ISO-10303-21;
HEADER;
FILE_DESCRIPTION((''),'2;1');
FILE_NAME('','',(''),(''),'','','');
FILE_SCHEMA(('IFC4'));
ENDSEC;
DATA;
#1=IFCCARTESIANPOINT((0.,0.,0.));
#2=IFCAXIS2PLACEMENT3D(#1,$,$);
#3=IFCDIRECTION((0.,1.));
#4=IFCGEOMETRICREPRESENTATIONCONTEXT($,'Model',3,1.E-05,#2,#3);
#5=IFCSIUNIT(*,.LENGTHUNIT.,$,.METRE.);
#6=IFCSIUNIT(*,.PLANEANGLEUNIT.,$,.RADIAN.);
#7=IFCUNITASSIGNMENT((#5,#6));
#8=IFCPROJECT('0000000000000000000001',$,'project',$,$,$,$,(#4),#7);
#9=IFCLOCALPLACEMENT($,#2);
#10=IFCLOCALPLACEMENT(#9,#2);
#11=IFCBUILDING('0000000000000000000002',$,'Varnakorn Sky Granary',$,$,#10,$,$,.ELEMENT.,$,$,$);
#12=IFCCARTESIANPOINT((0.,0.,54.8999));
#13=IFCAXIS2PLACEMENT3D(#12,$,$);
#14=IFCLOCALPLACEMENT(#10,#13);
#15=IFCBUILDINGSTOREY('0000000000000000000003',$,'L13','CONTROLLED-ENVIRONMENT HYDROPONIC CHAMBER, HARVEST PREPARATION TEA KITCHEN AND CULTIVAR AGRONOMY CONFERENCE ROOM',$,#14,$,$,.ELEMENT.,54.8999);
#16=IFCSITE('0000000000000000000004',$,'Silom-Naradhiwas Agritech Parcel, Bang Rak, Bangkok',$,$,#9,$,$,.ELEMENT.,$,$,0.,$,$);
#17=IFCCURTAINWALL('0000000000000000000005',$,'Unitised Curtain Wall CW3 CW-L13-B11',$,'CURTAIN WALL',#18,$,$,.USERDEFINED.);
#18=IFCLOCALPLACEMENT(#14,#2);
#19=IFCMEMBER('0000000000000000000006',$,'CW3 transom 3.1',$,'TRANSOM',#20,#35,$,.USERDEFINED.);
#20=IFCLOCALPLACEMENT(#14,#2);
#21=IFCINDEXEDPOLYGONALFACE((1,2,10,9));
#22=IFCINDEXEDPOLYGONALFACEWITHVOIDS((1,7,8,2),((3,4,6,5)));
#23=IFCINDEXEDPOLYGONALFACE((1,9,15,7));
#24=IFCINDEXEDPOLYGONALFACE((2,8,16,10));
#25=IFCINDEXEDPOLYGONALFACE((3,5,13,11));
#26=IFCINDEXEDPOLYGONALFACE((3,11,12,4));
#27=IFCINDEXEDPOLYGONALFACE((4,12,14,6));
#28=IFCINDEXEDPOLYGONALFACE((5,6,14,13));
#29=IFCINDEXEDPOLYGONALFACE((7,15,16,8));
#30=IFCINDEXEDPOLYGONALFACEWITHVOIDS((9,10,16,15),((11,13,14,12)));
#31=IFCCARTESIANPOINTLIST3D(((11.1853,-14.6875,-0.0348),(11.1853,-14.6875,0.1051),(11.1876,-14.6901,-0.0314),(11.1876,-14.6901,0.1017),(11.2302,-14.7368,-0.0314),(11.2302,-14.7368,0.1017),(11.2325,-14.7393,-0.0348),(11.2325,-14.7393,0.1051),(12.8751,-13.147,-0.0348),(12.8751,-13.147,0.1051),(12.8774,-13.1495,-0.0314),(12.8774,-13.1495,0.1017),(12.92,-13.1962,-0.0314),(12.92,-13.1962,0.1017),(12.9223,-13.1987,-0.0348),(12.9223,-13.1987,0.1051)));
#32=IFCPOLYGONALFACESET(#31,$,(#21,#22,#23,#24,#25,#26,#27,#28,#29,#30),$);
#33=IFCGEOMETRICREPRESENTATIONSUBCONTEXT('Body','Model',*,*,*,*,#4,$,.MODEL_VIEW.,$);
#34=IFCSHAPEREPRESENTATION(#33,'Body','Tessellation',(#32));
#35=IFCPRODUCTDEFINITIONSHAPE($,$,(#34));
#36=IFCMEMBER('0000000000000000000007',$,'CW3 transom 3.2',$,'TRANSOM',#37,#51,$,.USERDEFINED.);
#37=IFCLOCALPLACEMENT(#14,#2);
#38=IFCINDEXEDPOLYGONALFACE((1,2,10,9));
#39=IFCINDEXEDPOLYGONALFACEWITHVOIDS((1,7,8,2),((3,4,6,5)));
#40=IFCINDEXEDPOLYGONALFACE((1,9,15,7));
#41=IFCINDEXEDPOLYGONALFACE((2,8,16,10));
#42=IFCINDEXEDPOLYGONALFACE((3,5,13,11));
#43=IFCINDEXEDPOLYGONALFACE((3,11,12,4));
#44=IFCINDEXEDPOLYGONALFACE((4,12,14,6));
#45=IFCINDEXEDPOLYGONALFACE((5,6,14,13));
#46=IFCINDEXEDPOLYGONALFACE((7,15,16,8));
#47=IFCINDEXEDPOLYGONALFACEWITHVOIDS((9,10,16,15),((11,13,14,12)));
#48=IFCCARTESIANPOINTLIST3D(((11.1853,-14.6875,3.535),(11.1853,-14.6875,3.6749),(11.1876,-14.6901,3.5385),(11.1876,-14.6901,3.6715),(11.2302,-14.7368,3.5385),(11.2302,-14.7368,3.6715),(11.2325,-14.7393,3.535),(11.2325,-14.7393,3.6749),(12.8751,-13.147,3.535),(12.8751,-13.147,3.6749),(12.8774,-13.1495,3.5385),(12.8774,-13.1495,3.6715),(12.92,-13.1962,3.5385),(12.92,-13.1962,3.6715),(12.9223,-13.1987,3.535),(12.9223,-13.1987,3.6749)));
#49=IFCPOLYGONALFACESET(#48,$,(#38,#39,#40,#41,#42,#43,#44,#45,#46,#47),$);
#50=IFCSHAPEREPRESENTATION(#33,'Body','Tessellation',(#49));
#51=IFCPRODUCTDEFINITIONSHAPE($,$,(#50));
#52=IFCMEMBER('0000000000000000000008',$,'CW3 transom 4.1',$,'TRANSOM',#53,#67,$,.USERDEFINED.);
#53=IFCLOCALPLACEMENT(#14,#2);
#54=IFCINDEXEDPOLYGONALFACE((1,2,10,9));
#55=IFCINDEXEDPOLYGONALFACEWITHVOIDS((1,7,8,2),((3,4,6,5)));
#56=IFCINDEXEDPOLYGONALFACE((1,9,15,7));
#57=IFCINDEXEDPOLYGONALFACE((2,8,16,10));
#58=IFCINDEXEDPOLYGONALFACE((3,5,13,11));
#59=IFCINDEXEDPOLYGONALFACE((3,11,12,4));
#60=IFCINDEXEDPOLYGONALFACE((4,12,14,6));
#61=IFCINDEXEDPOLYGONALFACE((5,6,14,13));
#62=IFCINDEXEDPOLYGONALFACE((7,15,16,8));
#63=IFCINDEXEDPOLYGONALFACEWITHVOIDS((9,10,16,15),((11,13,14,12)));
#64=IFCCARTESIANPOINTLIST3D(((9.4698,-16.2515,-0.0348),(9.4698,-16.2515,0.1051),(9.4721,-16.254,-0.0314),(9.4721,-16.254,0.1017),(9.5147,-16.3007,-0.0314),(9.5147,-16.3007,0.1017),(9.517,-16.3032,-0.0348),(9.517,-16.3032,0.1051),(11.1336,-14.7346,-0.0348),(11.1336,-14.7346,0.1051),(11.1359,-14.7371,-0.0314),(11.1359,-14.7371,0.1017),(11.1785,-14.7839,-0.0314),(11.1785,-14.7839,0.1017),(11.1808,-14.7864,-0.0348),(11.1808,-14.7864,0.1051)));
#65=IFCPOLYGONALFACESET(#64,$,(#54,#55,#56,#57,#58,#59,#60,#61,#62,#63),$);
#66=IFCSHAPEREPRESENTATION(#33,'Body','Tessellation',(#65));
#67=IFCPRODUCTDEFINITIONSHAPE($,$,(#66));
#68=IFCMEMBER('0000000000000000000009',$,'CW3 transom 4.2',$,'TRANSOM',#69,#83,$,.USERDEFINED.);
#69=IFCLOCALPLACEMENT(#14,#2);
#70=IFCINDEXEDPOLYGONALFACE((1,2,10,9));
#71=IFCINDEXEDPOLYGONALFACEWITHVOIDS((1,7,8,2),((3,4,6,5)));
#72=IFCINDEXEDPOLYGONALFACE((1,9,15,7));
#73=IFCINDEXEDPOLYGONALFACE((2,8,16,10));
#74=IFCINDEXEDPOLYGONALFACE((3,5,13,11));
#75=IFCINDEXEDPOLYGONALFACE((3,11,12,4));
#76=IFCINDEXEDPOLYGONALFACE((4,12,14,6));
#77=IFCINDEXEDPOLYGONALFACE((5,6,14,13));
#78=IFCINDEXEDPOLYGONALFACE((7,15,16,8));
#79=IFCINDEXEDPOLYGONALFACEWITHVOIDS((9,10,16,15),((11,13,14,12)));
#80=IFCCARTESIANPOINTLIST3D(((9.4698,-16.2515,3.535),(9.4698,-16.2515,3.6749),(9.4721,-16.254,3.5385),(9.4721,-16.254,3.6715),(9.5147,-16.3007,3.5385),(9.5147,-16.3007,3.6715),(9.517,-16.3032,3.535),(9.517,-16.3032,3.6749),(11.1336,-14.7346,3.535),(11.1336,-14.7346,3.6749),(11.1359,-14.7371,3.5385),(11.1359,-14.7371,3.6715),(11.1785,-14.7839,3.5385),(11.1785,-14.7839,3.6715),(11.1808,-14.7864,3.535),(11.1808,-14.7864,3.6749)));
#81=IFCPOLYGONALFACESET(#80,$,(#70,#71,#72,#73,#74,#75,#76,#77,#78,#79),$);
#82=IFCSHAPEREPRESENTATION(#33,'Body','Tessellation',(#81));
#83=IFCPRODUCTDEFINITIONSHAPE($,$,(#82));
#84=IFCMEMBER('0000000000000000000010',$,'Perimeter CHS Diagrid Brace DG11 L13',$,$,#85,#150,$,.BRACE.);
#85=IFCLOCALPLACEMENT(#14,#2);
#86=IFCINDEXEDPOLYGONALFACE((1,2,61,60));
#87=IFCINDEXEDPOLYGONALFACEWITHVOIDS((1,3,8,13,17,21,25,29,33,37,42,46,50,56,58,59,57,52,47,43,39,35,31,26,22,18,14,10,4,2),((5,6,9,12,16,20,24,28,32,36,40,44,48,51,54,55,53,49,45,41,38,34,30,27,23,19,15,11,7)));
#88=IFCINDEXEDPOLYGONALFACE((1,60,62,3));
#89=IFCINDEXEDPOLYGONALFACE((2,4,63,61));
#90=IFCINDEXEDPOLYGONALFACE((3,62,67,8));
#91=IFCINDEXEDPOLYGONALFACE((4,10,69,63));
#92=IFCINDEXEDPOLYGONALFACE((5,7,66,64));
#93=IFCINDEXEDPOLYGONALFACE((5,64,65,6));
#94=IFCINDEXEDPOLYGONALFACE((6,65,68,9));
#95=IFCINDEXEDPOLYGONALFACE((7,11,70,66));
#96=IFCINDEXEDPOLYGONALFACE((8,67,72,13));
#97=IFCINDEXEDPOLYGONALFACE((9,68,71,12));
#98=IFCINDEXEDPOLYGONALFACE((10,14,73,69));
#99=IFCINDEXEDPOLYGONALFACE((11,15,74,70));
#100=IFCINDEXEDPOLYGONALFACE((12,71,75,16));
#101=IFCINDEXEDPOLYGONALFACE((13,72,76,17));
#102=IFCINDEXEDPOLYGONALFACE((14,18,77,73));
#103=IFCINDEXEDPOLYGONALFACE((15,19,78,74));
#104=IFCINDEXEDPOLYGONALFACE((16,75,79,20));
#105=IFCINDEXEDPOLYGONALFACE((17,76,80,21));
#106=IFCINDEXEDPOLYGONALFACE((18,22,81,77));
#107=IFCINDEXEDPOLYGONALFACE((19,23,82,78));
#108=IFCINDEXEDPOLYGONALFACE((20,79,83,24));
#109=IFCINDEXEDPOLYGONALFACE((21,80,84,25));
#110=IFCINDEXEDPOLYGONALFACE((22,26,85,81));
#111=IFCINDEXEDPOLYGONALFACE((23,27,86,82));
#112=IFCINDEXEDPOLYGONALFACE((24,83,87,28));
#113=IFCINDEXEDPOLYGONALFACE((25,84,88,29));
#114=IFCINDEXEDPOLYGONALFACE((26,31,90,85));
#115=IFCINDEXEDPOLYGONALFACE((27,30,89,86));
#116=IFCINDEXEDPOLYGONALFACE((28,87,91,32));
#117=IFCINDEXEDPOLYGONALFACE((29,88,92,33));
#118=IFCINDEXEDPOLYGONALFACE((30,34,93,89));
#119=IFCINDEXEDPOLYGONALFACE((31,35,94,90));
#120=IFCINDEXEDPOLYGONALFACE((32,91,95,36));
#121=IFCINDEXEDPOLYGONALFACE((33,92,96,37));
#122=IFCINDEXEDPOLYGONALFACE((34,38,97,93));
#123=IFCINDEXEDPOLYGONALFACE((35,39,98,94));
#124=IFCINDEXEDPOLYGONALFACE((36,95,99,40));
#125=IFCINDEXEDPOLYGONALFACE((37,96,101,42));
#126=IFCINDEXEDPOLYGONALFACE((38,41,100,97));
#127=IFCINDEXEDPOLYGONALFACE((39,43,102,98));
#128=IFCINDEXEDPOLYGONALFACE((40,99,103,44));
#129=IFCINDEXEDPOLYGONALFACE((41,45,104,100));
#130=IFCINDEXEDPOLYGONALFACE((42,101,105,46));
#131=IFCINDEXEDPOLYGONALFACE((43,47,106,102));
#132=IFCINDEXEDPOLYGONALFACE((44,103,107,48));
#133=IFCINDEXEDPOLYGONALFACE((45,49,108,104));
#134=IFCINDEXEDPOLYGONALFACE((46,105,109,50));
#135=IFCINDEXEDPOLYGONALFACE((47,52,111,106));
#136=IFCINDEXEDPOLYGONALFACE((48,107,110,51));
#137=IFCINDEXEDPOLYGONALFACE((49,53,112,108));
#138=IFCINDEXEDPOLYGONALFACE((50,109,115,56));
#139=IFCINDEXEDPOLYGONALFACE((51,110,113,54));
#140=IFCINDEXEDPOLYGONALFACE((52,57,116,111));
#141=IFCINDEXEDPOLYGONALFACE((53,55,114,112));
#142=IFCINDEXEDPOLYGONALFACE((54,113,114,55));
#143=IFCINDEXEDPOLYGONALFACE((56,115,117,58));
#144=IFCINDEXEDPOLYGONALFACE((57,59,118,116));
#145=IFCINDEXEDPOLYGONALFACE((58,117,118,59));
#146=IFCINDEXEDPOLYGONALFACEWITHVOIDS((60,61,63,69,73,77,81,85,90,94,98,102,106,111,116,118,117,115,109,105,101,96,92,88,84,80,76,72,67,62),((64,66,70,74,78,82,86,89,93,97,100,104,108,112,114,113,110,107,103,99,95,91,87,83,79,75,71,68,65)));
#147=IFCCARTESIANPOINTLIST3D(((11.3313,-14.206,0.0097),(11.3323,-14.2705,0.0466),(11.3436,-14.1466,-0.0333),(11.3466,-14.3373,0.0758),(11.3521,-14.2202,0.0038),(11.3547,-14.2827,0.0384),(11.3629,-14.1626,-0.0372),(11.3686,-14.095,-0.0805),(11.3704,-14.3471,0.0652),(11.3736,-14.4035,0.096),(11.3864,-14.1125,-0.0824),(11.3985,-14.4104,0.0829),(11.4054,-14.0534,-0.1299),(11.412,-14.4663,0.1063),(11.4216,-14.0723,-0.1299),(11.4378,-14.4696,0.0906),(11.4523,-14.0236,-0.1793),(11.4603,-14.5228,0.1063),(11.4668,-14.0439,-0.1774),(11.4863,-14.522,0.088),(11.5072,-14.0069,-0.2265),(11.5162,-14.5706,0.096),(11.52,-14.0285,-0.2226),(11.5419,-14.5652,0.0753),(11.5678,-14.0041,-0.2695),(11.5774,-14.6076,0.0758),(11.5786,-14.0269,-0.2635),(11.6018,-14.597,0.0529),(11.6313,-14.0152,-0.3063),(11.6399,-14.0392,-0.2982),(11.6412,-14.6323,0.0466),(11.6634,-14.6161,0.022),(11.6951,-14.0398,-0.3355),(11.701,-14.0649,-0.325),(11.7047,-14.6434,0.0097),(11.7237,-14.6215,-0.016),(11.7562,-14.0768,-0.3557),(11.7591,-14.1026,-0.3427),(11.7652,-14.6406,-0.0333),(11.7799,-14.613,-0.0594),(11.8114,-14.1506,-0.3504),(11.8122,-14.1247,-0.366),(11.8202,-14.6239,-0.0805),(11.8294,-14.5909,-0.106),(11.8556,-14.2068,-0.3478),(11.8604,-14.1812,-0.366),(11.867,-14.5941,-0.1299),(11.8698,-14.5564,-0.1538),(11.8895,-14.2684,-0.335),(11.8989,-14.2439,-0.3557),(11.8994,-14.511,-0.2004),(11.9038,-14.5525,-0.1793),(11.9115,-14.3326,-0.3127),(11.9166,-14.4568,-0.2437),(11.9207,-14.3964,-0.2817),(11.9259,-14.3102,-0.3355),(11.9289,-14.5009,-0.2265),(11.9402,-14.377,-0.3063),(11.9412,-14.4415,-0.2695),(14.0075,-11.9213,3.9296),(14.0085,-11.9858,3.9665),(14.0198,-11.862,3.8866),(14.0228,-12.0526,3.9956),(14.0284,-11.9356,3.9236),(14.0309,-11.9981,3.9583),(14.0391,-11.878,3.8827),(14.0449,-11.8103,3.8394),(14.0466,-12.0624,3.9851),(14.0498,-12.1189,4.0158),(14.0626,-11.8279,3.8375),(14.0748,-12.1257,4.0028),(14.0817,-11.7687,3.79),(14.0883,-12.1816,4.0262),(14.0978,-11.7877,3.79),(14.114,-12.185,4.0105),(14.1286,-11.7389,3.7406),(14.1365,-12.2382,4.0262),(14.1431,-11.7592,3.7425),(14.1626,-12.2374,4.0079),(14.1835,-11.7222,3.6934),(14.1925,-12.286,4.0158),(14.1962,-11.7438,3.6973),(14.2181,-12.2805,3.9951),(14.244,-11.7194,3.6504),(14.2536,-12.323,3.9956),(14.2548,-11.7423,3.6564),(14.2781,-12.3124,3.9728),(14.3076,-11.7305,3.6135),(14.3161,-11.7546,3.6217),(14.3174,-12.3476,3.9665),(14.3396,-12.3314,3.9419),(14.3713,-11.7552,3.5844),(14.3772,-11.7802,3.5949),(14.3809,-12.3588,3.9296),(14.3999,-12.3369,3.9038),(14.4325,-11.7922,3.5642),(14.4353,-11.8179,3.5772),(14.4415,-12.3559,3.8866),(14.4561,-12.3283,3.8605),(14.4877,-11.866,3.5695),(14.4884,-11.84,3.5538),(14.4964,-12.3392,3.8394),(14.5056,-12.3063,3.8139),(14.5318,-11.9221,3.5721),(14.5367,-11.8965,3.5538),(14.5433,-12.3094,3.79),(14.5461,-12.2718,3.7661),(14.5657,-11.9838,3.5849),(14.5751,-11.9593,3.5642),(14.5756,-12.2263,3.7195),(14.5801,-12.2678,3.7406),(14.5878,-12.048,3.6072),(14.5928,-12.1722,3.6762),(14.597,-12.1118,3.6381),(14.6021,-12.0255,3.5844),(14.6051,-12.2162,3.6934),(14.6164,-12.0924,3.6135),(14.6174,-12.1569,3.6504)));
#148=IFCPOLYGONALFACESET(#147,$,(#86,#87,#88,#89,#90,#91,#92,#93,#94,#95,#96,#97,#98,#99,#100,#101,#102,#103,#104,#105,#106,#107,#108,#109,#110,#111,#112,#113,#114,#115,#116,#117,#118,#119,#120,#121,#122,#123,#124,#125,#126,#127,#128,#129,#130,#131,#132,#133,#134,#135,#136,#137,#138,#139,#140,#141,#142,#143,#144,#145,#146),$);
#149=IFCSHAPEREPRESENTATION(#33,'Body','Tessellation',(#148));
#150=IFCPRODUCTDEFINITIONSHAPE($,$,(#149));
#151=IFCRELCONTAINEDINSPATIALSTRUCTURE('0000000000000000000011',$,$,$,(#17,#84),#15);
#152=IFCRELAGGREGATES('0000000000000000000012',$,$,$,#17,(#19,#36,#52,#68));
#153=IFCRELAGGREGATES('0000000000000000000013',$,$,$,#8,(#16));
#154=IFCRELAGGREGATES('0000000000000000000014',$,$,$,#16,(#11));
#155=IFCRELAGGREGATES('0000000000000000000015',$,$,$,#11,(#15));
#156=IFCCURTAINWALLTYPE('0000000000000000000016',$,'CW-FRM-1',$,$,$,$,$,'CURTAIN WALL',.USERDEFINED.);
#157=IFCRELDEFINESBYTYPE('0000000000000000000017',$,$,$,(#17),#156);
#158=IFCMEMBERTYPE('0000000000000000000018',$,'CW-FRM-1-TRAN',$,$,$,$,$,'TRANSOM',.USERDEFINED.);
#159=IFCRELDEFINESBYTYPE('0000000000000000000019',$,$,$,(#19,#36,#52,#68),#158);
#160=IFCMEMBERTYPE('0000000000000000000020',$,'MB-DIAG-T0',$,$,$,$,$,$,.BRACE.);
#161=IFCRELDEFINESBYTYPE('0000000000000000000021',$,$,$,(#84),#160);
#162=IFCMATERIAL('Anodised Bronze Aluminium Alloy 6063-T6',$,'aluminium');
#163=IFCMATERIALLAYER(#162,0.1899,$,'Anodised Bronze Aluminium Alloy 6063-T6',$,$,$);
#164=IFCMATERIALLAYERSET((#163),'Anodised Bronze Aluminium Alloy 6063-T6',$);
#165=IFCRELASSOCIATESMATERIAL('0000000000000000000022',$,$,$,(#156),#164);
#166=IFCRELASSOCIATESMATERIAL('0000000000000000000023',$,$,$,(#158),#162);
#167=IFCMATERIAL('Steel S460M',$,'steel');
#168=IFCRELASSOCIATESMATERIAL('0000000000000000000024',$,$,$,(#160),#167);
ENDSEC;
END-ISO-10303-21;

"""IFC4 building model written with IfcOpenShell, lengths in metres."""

from ifc_helpers import new_model, si_unit, direction, frame, origin, origin_2d, place, context, subcontext, project, spatial, hollow_rectangle, hollow_circle, extrude, material, layer, layer_set, material_profile, profile_set, type_object, element, aggregate, save


model = new_model("IFC4")

# Units and contexts
model_context = context("Model", 3, precision=1e-05, world=origin(), true_north=direction((0.0, 1.0)))
body_context = subcontext(model_context, "Body", "Model", "MODEL_VIEW")
ifc_project = project(units=[si_unit("LENGTHUNIT", "METRE"), si_unit("PLANEANGLEUNIT", "RADIAN")], contexts=[model_context])

# Site, building, storey
site_placement = place(None, origin())
site = spatial("IfcSite", under=ifc_project, at=site_placement, Name="Silom-Naradhiwas Agritech Parcel, Bang Rak, Bangkok", CompositionType="ELEMENT", RefElevation=0.0)
building_placement = place(site_placement, origin())
building = spatial("IfcBuilding", under=site, at=building_placement, Name="Varnakorn Sky Granary", CompositionType="ELEMENT")
storey_placement = place(building_placement, frame((0.0, 0.0, 54.8999)))
storey = spatial("IfcBuildingStorey", under=building, at=storey_placement, Name="L13", Description="CONTROLLED-ENVIRONMENT HYDROPONIC CHAMBER, HARVEST PREPARATION TEA KITCHEN AND CULTIVAR AGRONOMY CONFERENCE ROOM", CompositionType="ELEMENT", Elevation=54.8999)

# Shared definitions
ifc_material_1 = material(Name="Steel S460M", Category="steel")

# Curtain wall, members
ifc_material_2 = material(Name="Anodised Bronze Aluminium Alloy 6063-T6", Category="aluminium")
ifc_layer_1 = layer(ifc_material_2, 0.1899, Name="Anodised Bronze Aluminium Alloy 6063-T6")
ifc_layer_set_1 = layer_set([ifc_layer_1], Name="Anodised Bronze Aluminium Alloy 6063-T6")
curtain_wall_type = type_object("IfcCurtainWallType", Name="CW-FRM-1", ElementType="CURTAIN WALL", PredefinedType="USERDEFINED", material=ifc_layer_set_1)
curtain_wall_placement = place(storey_placement, origin())
curtain_wall = element("IfcCurtainWall", 1, at=curtain_wall_placement, inside=storey, type_object=curtain_wall_type, Name="Unitised Curtain Wall CW3 CW-L13-B11", ObjectType="CURTAIN WALL", PredefinedType="USERDEFINED")
ifc_material_profile_1 = material_profile(ifc_material_2, hollow_rectangle(XDim=0.0701, YDim=0.1399, WallThickness=0.0034, at=origin_2d()), Name="ALU TRAN 70x140")
ifc_profile_set_1 = profile_set([ifc_material_profile_1], Name="Anodised Bronze Aluminium Alloy 6063-T6")
member_type_1 = type_object("IfcMemberType", Name="CW-FRM-1-TRAN", ElementType="TRANSOM", PredefinedType="USERDEFINED", material=ifc_profile_set_1)
member_1_placement = place(storey_placement, frame((12.8987, -13.1729, 0.0352), z_axis=(-0.738973, -0.673735, 0.0), x_axis=(0.673735, -0.738973, 0.0)))
member_1 = element("IfcMember", 2, at=member_1_placement, type_object=member_type_1, Name="CW3 transom 3.1", ObjectType="TRANSOM", PredefinedType="USERDEFINED", context=body_context, shape_type="SweptSolid", body=[
    extrude(hollow_rectangle(XDim=0.0701, YDim=0.1399, WallThickness=0.0034, at=origin_2d()), origin(), (0.0, 0.0, 1.0), 2.2866),
])
member_2_placement = place(storey_placement, frame((12.8987, -13.1729, 3.605), z_axis=(-0.738973, -0.673735, 0.0), x_axis=(0.673735, -0.738973, 0.0)))
member_2 = element("IfcMember", 3, at=member_2_placement, type_object=member_type_1, Name="CW3 transom 3.2", ObjectType="TRANSOM", PredefinedType="USERDEFINED", context=body_context, shape_type="SweptSolid", body=[
    extrude(hollow_rectangle(XDim=0.0701, YDim=0.1399, WallThickness=0.0034, at=origin_2d()), origin(), (0.0, 0.0, 1.0), 2.2866),
])
member_3_placement = place(storey_placement, frame((11.1572, -14.7605, 0.0352), z_axis=(-0.738992, -0.673714, 0.0), x_axis=(0.673714, -0.738992, 0.0)))
member_3 = element("IfcMember", 4, at=member_3_placement, type_object=member_type_1, Name="CW3 transom 4.1", ObjectType="TRANSOM", PredefinedType="USERDEFINED", context=body_context, shape_type="SweptSolid", body=[
    extrude(hollow_rectangle(XDim=0.0701, YDim=0.1399, WallThickness=0.0034, at=origin_2d()), origin(), (0.0, 0.0, 1.0), 2.2515),
])
member_4_placement = place(storey_placement, frame((11.1572, -14.7605, 3.605), z_axis=(-0.738992, -0.673714, 0.0), x_axis=(0.673714, -0.738992, 0.0)))
member_4 = element("IfcMember", 5, at=member_4_placement, type_object=member_type_1, Name="CW3 transom 4.2", ObjectType="TRANSOM", PredefinedType="USERDEFINED", context=body_context, shape_type="SweptSolid", body=[
    extrude(hollow_rectangle(XDim=0.0701, YDim=0.1399, WallThickness=0.0034, at=origin_2d()), origin(), (0.0, 0.0, 1.0), 2.2515),
])

# Member
ifc_material_profile_2 = material_profile(ifc_material_1, hollow_circle(Radius=0.3555, WallThickness=0.0249, at=origin_2d()), Name="CHS 711x25")
ifc_profile_set_2 = profile_set([ifc_material_profile_2], Name="Steel S460M")
member_type_2 = type_object("IfcMemberType", Name="MB-DIAG-T0", PredefinedType="BRACE", material=ifc_profile_set_2)
member_5_placement = place(storey_placement, frame((11.6362, -14.3237, -0.1299), z_axis=(0.50806, 0.433718, 0.744153), x_axis=(-0.64927, 0.760558, 0.0)))
element("IfcMember", 6, at=member_5_placement, inside=storey, type_object=member_type_2, Name="Perimeter CHS Diagrid Brace DG11 L13", PredefinedType="BRACE", context=body_context, shape_type="SweptSolid", body=[
    extrude(hollow_circle(Radius=0.3555, WallThickness=0.0249, at=origin_2d()), origin(), (0.0, 0.0, 1.0), 5.2676),
])

aggregate(curtain_wall, [member_1, member_2, member_3, member_4])

save(model, "model.ifc")
